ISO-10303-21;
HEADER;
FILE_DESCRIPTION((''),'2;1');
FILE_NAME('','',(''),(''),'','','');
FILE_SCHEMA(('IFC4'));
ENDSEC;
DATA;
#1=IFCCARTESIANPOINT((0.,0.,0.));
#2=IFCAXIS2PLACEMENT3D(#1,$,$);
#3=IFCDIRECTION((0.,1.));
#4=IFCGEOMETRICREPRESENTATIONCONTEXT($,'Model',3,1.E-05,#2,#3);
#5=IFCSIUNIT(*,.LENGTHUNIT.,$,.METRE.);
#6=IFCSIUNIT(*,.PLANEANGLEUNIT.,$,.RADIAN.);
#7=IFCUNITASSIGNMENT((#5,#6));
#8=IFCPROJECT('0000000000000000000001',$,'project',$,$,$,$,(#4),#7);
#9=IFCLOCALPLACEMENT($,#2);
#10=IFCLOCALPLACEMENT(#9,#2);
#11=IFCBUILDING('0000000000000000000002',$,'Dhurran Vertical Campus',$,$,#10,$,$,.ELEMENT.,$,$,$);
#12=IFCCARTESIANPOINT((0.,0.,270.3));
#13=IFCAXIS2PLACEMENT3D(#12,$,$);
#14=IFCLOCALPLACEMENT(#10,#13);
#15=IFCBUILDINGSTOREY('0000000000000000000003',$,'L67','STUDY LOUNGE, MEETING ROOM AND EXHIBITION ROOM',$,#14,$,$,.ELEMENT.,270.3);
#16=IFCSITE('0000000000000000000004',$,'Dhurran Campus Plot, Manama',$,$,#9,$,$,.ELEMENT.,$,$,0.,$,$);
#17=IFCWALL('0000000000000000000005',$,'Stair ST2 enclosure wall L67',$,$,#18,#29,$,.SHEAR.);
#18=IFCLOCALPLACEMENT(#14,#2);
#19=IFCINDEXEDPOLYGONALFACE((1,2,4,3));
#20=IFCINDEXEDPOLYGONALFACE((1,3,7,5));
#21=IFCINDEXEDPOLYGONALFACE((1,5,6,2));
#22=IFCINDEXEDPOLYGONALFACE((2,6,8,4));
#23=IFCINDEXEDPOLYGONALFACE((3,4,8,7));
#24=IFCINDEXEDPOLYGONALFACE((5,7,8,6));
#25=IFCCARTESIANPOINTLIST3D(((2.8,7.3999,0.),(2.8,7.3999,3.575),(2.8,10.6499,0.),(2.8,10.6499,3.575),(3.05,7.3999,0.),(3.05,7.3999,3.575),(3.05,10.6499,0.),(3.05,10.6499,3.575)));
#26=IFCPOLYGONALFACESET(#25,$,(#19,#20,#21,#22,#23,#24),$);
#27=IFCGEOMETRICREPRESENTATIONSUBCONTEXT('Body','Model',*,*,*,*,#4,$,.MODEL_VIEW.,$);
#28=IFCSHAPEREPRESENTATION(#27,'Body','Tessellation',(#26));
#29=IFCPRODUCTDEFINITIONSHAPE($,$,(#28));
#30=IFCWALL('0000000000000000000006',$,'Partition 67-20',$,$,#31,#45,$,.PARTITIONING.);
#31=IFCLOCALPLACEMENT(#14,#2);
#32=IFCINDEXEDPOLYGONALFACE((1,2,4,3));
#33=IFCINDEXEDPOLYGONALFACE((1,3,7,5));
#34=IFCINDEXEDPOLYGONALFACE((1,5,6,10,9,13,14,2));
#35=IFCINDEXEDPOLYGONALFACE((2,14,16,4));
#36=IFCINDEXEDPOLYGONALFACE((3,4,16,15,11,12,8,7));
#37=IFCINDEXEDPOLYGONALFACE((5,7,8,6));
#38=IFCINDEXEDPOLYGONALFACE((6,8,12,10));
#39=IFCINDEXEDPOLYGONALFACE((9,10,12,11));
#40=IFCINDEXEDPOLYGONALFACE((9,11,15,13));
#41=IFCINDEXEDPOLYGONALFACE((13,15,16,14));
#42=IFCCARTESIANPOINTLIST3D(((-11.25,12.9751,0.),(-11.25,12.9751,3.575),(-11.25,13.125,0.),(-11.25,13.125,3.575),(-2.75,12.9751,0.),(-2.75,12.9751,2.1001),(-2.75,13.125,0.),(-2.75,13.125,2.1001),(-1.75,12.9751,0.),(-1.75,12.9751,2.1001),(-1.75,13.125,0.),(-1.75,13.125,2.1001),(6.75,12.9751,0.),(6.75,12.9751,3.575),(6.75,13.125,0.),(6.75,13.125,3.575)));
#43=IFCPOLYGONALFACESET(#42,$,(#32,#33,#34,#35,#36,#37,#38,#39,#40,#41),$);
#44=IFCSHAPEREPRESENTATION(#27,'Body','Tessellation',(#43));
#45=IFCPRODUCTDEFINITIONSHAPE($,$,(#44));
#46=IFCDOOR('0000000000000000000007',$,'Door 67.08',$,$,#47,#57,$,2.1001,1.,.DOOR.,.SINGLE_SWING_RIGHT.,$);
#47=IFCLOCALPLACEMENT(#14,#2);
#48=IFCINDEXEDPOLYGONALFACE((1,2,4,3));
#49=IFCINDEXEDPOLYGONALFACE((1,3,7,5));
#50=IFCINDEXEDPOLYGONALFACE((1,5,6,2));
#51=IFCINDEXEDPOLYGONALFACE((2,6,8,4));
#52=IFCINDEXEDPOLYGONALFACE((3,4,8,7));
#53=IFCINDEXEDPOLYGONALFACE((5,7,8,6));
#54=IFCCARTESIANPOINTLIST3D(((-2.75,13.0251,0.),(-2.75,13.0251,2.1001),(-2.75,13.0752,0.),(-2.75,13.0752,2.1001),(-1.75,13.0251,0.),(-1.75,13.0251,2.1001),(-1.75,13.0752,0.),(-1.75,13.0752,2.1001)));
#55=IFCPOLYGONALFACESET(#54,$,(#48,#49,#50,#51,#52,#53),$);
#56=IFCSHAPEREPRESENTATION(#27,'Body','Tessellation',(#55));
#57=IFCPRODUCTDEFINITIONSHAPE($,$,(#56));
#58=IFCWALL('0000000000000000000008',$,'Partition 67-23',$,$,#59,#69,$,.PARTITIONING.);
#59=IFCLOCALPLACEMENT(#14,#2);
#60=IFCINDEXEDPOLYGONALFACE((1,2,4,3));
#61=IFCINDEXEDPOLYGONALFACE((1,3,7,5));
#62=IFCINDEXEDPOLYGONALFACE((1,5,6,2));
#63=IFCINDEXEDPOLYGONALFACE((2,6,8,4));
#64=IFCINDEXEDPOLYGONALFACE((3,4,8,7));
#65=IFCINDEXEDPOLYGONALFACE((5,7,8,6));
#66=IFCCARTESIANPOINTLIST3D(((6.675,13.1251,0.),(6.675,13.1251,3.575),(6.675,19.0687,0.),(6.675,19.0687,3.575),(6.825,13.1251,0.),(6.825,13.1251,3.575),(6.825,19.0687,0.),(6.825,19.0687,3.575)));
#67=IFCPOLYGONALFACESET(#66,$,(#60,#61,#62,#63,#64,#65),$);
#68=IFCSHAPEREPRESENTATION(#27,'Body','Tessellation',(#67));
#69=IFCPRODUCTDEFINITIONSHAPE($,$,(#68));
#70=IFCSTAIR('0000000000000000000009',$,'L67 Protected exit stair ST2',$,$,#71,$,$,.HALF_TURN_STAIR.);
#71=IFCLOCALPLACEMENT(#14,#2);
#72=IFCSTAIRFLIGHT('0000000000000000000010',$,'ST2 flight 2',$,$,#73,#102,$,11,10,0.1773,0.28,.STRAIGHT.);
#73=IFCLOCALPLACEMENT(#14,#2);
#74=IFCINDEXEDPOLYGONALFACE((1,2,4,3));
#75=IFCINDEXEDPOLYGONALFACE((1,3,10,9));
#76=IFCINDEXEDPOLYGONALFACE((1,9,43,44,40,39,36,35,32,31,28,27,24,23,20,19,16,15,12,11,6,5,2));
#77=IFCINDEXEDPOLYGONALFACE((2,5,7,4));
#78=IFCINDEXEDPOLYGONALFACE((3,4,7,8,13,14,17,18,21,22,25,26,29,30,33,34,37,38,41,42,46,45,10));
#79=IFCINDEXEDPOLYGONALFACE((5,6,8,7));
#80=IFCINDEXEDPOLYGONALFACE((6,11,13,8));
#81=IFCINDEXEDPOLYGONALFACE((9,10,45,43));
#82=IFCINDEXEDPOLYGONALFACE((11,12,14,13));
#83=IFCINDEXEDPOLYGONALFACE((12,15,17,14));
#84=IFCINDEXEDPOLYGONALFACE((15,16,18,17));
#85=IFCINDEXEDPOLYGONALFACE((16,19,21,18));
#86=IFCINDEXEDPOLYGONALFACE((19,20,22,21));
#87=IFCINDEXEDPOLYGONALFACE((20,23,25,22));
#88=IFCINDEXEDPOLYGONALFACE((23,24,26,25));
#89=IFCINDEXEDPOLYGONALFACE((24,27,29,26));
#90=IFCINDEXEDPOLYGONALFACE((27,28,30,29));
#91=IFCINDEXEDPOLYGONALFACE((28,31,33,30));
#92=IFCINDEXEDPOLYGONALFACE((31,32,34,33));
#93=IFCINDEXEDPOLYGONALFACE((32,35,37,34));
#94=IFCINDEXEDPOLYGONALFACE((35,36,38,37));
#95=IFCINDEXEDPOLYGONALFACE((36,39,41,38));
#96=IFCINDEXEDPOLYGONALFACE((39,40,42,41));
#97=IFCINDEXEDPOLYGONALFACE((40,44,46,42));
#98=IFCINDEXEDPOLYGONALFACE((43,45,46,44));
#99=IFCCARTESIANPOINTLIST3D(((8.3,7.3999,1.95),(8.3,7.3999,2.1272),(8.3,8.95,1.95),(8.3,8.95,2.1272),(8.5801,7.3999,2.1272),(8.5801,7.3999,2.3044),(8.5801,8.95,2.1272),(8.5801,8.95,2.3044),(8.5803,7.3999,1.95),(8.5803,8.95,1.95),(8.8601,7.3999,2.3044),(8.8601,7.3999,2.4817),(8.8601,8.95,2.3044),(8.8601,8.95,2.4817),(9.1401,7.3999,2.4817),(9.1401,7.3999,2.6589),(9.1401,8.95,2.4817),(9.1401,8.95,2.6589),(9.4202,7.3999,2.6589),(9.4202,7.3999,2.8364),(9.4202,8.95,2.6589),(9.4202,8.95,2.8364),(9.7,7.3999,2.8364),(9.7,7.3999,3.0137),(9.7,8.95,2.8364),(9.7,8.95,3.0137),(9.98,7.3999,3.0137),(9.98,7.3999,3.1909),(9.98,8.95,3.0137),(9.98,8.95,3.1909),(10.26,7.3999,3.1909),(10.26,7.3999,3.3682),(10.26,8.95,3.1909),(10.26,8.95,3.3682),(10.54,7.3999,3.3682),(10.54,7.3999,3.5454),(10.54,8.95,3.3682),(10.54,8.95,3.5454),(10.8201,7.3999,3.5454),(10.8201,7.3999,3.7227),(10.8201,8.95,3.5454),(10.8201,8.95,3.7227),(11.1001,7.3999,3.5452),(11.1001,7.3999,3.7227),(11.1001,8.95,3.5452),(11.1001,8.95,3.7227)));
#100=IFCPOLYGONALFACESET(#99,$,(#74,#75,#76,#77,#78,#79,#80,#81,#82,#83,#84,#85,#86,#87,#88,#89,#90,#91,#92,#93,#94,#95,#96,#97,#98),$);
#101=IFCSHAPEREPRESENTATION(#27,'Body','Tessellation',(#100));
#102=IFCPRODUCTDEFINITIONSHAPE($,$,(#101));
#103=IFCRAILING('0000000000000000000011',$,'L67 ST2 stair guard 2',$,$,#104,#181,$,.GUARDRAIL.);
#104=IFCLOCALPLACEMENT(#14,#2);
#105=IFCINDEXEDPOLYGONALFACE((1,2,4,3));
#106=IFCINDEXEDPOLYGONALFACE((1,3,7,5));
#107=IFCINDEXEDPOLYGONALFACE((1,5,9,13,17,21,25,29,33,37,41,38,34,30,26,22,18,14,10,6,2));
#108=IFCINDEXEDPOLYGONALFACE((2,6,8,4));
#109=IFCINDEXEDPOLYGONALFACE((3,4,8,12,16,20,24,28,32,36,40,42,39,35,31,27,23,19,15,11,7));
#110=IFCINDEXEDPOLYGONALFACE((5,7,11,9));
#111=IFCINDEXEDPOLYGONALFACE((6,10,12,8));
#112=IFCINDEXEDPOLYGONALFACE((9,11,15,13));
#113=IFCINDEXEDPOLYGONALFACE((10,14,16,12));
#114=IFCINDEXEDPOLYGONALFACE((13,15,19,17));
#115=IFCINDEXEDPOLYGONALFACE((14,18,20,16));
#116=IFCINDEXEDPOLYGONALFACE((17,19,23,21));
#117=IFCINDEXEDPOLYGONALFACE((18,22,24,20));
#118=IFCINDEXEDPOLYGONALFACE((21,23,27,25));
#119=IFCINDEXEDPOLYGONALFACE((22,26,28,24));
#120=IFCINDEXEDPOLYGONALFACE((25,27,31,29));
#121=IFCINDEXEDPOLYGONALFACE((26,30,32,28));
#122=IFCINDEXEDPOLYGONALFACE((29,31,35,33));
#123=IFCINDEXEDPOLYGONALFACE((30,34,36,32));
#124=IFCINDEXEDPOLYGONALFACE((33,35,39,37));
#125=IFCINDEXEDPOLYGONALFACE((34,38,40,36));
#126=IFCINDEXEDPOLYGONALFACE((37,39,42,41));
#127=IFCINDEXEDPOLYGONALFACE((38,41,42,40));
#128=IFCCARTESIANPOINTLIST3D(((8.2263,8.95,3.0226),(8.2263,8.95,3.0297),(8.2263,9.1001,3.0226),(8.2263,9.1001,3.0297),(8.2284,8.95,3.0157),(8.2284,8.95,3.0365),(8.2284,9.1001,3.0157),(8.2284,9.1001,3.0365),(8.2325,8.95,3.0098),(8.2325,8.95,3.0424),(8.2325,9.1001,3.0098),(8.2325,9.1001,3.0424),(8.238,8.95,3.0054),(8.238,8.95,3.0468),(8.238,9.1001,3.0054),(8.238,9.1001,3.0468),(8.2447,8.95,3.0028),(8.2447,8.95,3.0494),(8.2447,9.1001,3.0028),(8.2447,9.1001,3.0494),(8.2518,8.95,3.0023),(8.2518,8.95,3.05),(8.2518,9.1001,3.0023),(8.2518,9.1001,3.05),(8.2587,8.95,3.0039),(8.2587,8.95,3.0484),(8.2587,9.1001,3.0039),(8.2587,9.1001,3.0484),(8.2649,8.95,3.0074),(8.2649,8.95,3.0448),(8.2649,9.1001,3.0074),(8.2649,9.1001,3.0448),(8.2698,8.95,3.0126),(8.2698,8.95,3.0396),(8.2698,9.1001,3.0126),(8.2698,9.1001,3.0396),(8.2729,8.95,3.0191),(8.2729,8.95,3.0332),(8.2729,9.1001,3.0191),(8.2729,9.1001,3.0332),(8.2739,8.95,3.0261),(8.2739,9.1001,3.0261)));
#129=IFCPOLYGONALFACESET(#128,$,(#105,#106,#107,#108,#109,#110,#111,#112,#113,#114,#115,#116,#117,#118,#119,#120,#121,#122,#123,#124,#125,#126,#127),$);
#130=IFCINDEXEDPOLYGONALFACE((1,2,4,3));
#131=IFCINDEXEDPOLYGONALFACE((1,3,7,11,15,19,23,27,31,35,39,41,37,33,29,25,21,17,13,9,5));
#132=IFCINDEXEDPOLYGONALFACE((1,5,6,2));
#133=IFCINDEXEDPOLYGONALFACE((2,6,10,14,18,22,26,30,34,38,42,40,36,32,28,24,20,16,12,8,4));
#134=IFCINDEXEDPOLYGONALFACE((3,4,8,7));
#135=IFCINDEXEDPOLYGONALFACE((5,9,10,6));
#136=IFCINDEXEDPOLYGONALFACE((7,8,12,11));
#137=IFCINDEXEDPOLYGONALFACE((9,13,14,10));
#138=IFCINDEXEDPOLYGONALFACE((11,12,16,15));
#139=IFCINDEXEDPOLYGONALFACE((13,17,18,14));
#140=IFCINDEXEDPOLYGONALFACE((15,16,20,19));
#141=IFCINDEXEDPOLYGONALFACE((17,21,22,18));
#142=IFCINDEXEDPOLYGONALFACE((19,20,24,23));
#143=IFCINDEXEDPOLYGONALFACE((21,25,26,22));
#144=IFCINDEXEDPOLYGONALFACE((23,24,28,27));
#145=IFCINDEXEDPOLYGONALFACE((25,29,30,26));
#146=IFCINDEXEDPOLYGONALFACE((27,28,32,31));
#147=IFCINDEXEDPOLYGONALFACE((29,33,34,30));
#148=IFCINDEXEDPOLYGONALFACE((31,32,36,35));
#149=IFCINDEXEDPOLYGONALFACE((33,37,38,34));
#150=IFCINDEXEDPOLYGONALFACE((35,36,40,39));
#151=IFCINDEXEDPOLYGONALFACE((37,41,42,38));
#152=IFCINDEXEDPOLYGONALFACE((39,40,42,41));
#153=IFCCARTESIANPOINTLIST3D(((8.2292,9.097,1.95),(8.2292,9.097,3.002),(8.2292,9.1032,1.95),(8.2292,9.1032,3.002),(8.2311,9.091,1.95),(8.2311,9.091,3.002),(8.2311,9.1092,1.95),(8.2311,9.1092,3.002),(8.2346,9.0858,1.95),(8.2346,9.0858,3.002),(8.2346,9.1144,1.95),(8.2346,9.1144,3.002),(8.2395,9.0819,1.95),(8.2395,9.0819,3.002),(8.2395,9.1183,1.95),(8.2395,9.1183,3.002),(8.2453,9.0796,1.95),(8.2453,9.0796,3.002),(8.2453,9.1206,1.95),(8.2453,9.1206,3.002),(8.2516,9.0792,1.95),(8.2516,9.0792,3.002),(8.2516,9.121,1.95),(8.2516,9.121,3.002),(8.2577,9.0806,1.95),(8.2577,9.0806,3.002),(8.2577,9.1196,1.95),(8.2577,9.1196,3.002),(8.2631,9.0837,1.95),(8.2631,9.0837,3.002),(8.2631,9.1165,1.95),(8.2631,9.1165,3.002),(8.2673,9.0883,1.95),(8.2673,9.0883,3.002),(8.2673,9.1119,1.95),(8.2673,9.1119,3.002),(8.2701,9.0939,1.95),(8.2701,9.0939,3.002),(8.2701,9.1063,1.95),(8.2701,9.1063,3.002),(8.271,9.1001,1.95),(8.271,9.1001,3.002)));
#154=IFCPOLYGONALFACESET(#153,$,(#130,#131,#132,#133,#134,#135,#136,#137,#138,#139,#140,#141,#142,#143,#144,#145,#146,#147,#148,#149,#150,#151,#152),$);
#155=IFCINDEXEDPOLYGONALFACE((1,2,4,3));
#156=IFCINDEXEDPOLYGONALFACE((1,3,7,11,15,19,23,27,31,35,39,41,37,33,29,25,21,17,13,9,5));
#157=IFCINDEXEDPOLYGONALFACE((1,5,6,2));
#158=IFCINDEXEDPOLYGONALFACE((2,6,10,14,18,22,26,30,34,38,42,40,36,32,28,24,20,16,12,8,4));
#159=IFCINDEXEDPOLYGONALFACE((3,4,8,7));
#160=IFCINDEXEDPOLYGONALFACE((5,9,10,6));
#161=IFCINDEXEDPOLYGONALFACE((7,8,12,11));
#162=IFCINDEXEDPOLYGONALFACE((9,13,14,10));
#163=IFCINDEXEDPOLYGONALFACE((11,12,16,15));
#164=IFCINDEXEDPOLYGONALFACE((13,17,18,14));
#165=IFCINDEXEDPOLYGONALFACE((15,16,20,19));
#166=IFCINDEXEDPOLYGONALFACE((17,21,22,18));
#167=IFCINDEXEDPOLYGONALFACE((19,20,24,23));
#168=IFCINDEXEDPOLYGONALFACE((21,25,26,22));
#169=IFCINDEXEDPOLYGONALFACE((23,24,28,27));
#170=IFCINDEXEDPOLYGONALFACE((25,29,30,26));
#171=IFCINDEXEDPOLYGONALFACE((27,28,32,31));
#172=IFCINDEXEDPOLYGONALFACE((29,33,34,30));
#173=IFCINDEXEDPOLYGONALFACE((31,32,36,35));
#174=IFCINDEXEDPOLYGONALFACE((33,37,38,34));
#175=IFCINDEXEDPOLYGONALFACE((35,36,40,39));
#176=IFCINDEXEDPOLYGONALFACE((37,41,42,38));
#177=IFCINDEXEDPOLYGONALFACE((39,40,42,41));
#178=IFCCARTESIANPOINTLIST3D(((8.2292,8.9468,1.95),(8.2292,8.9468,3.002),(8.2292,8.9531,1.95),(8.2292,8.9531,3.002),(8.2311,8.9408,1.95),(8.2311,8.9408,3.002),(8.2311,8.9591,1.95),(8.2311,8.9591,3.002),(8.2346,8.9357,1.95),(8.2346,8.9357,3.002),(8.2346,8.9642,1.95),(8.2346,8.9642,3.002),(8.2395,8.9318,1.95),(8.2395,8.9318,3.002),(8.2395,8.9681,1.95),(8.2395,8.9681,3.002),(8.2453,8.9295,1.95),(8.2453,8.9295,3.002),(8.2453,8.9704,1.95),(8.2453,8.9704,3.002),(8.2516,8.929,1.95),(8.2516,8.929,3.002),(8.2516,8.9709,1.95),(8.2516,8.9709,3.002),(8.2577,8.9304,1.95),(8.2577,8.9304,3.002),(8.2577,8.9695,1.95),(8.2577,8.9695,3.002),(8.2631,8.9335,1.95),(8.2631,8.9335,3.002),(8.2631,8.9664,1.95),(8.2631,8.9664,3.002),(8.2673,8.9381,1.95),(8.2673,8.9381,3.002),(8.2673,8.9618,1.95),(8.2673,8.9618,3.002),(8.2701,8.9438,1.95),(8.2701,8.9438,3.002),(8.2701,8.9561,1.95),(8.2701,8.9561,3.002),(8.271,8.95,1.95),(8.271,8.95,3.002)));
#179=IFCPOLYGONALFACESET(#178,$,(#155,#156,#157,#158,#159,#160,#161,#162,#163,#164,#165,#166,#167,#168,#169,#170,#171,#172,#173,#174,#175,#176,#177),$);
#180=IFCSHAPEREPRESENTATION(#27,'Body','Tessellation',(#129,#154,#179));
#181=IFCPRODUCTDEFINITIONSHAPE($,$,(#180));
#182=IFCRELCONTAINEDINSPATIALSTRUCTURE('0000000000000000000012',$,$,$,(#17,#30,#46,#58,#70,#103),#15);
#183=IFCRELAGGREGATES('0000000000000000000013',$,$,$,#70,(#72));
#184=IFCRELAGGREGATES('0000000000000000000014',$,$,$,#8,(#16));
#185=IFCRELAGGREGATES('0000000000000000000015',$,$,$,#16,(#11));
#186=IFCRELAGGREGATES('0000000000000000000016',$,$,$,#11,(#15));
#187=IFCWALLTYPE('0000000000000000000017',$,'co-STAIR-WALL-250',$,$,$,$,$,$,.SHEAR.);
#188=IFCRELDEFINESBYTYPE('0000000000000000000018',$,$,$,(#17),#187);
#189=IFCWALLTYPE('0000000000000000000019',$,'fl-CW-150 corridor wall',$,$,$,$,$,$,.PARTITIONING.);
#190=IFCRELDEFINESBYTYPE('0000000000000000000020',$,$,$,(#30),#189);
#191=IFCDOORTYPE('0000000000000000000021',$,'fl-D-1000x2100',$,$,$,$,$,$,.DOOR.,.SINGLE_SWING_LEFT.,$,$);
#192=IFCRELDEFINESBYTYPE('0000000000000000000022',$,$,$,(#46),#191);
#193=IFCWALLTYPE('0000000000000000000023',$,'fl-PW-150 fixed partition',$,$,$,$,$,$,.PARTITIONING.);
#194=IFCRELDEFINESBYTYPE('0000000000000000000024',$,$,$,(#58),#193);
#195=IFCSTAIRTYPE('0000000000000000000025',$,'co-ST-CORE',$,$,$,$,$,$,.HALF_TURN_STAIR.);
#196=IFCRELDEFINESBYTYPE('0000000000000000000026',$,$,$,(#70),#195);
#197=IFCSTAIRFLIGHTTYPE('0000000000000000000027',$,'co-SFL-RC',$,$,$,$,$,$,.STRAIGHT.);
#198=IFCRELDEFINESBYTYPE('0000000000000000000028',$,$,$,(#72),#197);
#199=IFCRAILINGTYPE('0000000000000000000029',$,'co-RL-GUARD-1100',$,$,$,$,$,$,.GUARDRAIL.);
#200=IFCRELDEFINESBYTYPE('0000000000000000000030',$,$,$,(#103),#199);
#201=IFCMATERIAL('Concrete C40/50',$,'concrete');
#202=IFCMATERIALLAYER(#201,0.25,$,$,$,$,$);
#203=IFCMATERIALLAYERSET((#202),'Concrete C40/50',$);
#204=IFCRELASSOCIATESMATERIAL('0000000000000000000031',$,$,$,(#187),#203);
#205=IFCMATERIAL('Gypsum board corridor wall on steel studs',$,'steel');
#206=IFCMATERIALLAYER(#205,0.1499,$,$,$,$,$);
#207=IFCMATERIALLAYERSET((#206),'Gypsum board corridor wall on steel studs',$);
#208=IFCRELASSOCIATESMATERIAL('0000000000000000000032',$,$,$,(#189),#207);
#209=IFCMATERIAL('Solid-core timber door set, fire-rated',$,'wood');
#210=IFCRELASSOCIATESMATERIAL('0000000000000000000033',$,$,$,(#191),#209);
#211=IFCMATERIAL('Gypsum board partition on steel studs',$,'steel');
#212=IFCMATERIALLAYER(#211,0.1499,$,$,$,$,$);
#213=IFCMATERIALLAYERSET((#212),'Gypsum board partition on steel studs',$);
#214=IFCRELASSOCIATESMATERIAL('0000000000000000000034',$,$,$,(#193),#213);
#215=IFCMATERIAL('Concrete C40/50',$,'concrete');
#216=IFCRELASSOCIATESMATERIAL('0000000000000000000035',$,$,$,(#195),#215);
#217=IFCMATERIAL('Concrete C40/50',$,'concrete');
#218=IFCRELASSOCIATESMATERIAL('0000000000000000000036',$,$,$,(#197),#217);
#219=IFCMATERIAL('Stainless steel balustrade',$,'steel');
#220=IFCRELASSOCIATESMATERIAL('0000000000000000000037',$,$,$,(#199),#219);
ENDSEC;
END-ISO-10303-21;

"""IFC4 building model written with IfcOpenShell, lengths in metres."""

from ifc_helpers import new_model, si_unit, direction, frame, frame_2d, origin, origin_2d, place, context, subcontext, project, spatial, polyline, rectangle, circle, outline, extrude, material, layer, layer_set, type_object, element, fill, aggregate, save


model = new_model("IFC4")

# Units and contexts
model_context = context("Model", 3, precision=1e-05, world=origin(), true_north=direction((0.0, 1.0)))
body_context = subcontext(model_context, "Body", "Model", "MODEL_VIEW")
ifc_project = project(units=[si_unit("LENGTHUNIT", "METRE"), si_unit("PLANEANGLEUNIT", "RADIAN")], contexts=[model_context])

# Site, building, storey
site_placement = place(None, origin())
site = spatial("IfcSite", under=ifc_project, at=site_placement, Name="Dhurran Campus Plot, Manama", CompositionType="ELEMENT", RefElevation=0.0)
building_placement = place(site_placement, origin())
building = spatial("IfcBuilding", under=site, at=building_placement, Name="Dhurran Vertical Campus", CompositionType="ELEMENT")
storey_placement = place(building_placement, frame((0.0, 0.0, 270.3)))
storey = spatial("IfcBuildingStorey", under=building, at=storey_placement, Name="L67", Description="STUDY LOUNGE, MEETING ROOM AND EXHIBITION ROOM", CompositionType="ELEMENT", Elevation=270.3)

# Shared definitions
ifc_material_1 = material(Name="Concrete C40/50", Category="concrete")
ifc_layer_1 = layer(ifc_material_1, 0.25)
ifc_layer_set_1 = layer_set([ifc_layer_1], Name="Concrete C40/50")
wall_type_1 = type_object("IfcWallType", Name="co-STAIR-WALL-250", PredefinedType="SHEAR", material=ifc_layer_set_1)

# Wall
wall_1_placement = place(storey_placement, frame((2.925, 7.3999, 0.0), z_axis=(0.0, 0.0, 1.0), x_axis=(0.0, 1.0, 0.0)))
element("IfcWall", 1, at=wall_1_placement, inside=storey, type_object=wall_type_1, Name="Stair ST2 enclosure wall L67", PredefinedType="SHEAR", context=body_context, shape_type="SweptSolid", body=[
    extrude(rectangle(XDim=3.25, YDim=0.25, at=frame_2d((1.625, 0.0))), origin(), (0.0, 0.0, 1.0), 3.575),
])

# Wall, opening, door
ifc_material_2 = material(Name="Gypsum board corridor wall on steel studs", Category="steel")
ifc_layer_2 = layer(ifc_material_2, 0.1499)
ifc_layer_set_2 = layer_set([ifc_layer_2], Name="Gypsum board corridor wall on steel studs")
wall_type_2 = type_object("IfcWallType", Name="fl-CW-150 corridor wall", PredefinedType="PARTITIONING", material=ifc_layer_set_2)
wall_2_placement = place(storey_placement, frame((6.75, 13.05, 0.0), z_axis=(0.0, 0.0, 1.0), x_axis=(-1.0, 0.0, 0.0)))
wall_2 = element("IfcWall", 2, at=wall_2_placement, inside=storey, type_object=wall_type_2, Name="Partition 67-20", PredefinedType="PARTITIONING", context=body_context, shape_type="SweptSolid", body=[
    extrude(rectangle(XDim=18.0, YDim=0.1499, at=frame_2d((9.0, 0.0))), origin(), (0.0, 0.0, 1.0), 3.575),
])
opening_1_placement = place(wall_2_placement, frame((8.5, 0.0, 0.0)))
opening_1 = element("IfcOpeningElement", 3, at=opening_1_placement, cuts=wall_2, PredefinedType="OPENING", context=body_context, shape_type="SweptSolid", body=[
    extrude(rectangle(XDim=1.0, YDim=2.1001, at=frame_2d((0.5, 1.05))), frame((0.0, 0.085, 0.0), z_axis=(0.0, -1.0, 0.0), x_axis=(1.0, 0.0, 0.0)), (0.0, 0.0, 1.0), 0.1699),
])
ifc_material_3 = material(Name="Solid-core timber door set, fire-rated", Category="wood")
door_type_1 = type_object("IfcDoorType", Name="fl-D-1000x2100", OperationType="SINGLE_SWING_LEFT", PredefinedType="DOOR", material=ifc_material_3)
door_1_placement = place(opening_1_placement, origin())
door_1 = element("IfcDoor", 4, at=door_1_placement, inside=storey, type_object=door_type_1, Name="Door 67.08", OperationType="SINGLE_SWING_RIGHT", OverallHeight=2.1001, OverallWidth=1.0, PredefinedType="DOOR", context=body_context, shape_type="SweptSolid", body=[
    extrude(rectangle(XDim=1.0, YDim=2.1001, at=frame_2d((0.5, 1.05))), frame((0.0, 0.0249, 0.0), z_axis=(0.0, -1.0, 0.0), x_axis=(1.0, 0.0, 0.0)), (0.0, 0.0, 1.0), 0.05),
])
fill(opening_1, door_1)

# Wall
ifc_material_4 = material(Name="Gypsum board partition on steel studs", Category="steel")
ifc_layer_3 = layer(ifc_material_4, 0.1499)
ifc_layer_set_3 = layer_set([ifc_layer_3], Name="Gypsum board partition on steel studs")
wall_type_3 = type_object("IfcWallType", Name="fl-PW-150 fixed partition", PredefinedType="PARTITIONING", material=ifc_layer_set_3)
wall_3_placement = place(storey_placement, frame((6.75, 19.0686, 0.0), z_axis=(0.0, 0.0, 1.0), x_axis=(0.0, -1.0, 0.0)))
element("IfcWall", 5, at=wall_3_placement, inside=storey, type_object=wall_type_3, Name="Partition 67-23", PredefinedType="PARTITIONING", context=body_context, shape_type="SweptSolid", body=[
    extrude(rectangle(XDim=5.9436, YDim=0.1499, at=frame_2d((2.9717, 0.0))), origin(), (0.0, 0.0, 1.0), 3.575),
])

# Stair, stair flight
ifc_material_5 = material(Name="Concrete C40/50", Category="concrete")
stair_type = type_object("IfcStairType", Name="co-ST-CORE", PredefinedType="HALF_TURN_STAIR", material=ifc_material_5)
stair_placement = place(storey_placement, origin())
stair = element("IfcStair", 6, at=stair_placement, inside=storey, type_object=stair_type, Name="L67 Protected exit stair ST2", PredefinedType="HALF_TURN_STAIR")
ifc_material_6 = material(Name="Concrete C40/50", Category="concrete")
stair_flight_type = type_object("IfcStairFlightType", Name="co-SFL-RC", PredefinedType="STRAIGHT", material=ifc_material_6)
stair_flight_placement = place(storey_placement, frame((8.3, 8.175, 1.95), z_axis=(0.0, 0.0, 1.0), x_axis=(1.0, 0.0, 0.0)))
stair_flight = element("IfcStairFlight", 7, at=stair_flight_placement, type_object=stair_flight_type, Name="ST2 flight 2", NumberOfRisers=11, NumberOfTreads=10, PredefinedType="STRAIGHT", RiserHeight=0.1773, TreadLength=0.28, context=body_context, shape_type="SweptSolid", body=[
    extrude(outline(polyline([(0.0, 0.0), (0.0, 0.1772), (0.28, 0.1772), (0.28, 0.3545), (0.5601, 0.3545), (0.5601, 0.5317), (0.8401, 0.5317), (0.8401, 0.709), (1.1201, 0.709), (1.1201, 0.8865), (1.3999, 0.8865), (1.3999, 1.0637), (1.6799, 1.0637), (1.6799, 1.241), (1.96, 1.241), (1.96, 1.4182), (2.24, 1.4182), (2.24, 1.5955), (2.52, 1.5955), (2.52, 1.7727), (2.8, 1.7727), (2.8, 1.95), (2.8, 1.5952), (0.2803, 0.0), (0.0, 0.0)])), frame((0.0, 0.7749, 0.0), z_axis=(0.0, -1.0, 0.0), x_axis=(1.0, 0.0, 0.0)), (0.0, 0.0, 1.0), 1.55),
])
aggregate(stair, [stair_flight])

# Railing
ifc_material_7 = material(Name="Stainless steel balustrade", Category="steel")
railing_type_1 = type_object("IfcRailingType", Name="co-RL-GUARD-1100", PredefinedType="GUARDRAIL", material=ifc_material_7)
railing_1_placement = place(storey_placement, frame((8.25, 9.1001, 1.95)))
element("IfcRailing", 8, at=railing_1_placement, inside=storey, type_object=railing_type_1, Name="L67 ST2 stair guard 2", PredefinedType="GUARDRAIL", context=body_context, shape_type="SweptSolid", body=[
    extrude(circle(Radius=0.0239, at=origin_2d()), frame((0.0, 0.0, 1.0762), z_axis=(0.0, -1.0, 0.0), x_axis=(1.0, 0.0, 0.0)), (0.0, 0.0, 1.0), 0.1501),
    extrude(circle(Radius=0.021, at=origin_2d()), origin(), (0.0, 0.0, 1.0), 1.052),
    extrude(circle(Radius=0.021, at=origin_2d()), frame((0.0, -0.1501, 0.0)), (0.0, 0.0, 1.0), 1.052),
])

save(model, "model.ifc")
